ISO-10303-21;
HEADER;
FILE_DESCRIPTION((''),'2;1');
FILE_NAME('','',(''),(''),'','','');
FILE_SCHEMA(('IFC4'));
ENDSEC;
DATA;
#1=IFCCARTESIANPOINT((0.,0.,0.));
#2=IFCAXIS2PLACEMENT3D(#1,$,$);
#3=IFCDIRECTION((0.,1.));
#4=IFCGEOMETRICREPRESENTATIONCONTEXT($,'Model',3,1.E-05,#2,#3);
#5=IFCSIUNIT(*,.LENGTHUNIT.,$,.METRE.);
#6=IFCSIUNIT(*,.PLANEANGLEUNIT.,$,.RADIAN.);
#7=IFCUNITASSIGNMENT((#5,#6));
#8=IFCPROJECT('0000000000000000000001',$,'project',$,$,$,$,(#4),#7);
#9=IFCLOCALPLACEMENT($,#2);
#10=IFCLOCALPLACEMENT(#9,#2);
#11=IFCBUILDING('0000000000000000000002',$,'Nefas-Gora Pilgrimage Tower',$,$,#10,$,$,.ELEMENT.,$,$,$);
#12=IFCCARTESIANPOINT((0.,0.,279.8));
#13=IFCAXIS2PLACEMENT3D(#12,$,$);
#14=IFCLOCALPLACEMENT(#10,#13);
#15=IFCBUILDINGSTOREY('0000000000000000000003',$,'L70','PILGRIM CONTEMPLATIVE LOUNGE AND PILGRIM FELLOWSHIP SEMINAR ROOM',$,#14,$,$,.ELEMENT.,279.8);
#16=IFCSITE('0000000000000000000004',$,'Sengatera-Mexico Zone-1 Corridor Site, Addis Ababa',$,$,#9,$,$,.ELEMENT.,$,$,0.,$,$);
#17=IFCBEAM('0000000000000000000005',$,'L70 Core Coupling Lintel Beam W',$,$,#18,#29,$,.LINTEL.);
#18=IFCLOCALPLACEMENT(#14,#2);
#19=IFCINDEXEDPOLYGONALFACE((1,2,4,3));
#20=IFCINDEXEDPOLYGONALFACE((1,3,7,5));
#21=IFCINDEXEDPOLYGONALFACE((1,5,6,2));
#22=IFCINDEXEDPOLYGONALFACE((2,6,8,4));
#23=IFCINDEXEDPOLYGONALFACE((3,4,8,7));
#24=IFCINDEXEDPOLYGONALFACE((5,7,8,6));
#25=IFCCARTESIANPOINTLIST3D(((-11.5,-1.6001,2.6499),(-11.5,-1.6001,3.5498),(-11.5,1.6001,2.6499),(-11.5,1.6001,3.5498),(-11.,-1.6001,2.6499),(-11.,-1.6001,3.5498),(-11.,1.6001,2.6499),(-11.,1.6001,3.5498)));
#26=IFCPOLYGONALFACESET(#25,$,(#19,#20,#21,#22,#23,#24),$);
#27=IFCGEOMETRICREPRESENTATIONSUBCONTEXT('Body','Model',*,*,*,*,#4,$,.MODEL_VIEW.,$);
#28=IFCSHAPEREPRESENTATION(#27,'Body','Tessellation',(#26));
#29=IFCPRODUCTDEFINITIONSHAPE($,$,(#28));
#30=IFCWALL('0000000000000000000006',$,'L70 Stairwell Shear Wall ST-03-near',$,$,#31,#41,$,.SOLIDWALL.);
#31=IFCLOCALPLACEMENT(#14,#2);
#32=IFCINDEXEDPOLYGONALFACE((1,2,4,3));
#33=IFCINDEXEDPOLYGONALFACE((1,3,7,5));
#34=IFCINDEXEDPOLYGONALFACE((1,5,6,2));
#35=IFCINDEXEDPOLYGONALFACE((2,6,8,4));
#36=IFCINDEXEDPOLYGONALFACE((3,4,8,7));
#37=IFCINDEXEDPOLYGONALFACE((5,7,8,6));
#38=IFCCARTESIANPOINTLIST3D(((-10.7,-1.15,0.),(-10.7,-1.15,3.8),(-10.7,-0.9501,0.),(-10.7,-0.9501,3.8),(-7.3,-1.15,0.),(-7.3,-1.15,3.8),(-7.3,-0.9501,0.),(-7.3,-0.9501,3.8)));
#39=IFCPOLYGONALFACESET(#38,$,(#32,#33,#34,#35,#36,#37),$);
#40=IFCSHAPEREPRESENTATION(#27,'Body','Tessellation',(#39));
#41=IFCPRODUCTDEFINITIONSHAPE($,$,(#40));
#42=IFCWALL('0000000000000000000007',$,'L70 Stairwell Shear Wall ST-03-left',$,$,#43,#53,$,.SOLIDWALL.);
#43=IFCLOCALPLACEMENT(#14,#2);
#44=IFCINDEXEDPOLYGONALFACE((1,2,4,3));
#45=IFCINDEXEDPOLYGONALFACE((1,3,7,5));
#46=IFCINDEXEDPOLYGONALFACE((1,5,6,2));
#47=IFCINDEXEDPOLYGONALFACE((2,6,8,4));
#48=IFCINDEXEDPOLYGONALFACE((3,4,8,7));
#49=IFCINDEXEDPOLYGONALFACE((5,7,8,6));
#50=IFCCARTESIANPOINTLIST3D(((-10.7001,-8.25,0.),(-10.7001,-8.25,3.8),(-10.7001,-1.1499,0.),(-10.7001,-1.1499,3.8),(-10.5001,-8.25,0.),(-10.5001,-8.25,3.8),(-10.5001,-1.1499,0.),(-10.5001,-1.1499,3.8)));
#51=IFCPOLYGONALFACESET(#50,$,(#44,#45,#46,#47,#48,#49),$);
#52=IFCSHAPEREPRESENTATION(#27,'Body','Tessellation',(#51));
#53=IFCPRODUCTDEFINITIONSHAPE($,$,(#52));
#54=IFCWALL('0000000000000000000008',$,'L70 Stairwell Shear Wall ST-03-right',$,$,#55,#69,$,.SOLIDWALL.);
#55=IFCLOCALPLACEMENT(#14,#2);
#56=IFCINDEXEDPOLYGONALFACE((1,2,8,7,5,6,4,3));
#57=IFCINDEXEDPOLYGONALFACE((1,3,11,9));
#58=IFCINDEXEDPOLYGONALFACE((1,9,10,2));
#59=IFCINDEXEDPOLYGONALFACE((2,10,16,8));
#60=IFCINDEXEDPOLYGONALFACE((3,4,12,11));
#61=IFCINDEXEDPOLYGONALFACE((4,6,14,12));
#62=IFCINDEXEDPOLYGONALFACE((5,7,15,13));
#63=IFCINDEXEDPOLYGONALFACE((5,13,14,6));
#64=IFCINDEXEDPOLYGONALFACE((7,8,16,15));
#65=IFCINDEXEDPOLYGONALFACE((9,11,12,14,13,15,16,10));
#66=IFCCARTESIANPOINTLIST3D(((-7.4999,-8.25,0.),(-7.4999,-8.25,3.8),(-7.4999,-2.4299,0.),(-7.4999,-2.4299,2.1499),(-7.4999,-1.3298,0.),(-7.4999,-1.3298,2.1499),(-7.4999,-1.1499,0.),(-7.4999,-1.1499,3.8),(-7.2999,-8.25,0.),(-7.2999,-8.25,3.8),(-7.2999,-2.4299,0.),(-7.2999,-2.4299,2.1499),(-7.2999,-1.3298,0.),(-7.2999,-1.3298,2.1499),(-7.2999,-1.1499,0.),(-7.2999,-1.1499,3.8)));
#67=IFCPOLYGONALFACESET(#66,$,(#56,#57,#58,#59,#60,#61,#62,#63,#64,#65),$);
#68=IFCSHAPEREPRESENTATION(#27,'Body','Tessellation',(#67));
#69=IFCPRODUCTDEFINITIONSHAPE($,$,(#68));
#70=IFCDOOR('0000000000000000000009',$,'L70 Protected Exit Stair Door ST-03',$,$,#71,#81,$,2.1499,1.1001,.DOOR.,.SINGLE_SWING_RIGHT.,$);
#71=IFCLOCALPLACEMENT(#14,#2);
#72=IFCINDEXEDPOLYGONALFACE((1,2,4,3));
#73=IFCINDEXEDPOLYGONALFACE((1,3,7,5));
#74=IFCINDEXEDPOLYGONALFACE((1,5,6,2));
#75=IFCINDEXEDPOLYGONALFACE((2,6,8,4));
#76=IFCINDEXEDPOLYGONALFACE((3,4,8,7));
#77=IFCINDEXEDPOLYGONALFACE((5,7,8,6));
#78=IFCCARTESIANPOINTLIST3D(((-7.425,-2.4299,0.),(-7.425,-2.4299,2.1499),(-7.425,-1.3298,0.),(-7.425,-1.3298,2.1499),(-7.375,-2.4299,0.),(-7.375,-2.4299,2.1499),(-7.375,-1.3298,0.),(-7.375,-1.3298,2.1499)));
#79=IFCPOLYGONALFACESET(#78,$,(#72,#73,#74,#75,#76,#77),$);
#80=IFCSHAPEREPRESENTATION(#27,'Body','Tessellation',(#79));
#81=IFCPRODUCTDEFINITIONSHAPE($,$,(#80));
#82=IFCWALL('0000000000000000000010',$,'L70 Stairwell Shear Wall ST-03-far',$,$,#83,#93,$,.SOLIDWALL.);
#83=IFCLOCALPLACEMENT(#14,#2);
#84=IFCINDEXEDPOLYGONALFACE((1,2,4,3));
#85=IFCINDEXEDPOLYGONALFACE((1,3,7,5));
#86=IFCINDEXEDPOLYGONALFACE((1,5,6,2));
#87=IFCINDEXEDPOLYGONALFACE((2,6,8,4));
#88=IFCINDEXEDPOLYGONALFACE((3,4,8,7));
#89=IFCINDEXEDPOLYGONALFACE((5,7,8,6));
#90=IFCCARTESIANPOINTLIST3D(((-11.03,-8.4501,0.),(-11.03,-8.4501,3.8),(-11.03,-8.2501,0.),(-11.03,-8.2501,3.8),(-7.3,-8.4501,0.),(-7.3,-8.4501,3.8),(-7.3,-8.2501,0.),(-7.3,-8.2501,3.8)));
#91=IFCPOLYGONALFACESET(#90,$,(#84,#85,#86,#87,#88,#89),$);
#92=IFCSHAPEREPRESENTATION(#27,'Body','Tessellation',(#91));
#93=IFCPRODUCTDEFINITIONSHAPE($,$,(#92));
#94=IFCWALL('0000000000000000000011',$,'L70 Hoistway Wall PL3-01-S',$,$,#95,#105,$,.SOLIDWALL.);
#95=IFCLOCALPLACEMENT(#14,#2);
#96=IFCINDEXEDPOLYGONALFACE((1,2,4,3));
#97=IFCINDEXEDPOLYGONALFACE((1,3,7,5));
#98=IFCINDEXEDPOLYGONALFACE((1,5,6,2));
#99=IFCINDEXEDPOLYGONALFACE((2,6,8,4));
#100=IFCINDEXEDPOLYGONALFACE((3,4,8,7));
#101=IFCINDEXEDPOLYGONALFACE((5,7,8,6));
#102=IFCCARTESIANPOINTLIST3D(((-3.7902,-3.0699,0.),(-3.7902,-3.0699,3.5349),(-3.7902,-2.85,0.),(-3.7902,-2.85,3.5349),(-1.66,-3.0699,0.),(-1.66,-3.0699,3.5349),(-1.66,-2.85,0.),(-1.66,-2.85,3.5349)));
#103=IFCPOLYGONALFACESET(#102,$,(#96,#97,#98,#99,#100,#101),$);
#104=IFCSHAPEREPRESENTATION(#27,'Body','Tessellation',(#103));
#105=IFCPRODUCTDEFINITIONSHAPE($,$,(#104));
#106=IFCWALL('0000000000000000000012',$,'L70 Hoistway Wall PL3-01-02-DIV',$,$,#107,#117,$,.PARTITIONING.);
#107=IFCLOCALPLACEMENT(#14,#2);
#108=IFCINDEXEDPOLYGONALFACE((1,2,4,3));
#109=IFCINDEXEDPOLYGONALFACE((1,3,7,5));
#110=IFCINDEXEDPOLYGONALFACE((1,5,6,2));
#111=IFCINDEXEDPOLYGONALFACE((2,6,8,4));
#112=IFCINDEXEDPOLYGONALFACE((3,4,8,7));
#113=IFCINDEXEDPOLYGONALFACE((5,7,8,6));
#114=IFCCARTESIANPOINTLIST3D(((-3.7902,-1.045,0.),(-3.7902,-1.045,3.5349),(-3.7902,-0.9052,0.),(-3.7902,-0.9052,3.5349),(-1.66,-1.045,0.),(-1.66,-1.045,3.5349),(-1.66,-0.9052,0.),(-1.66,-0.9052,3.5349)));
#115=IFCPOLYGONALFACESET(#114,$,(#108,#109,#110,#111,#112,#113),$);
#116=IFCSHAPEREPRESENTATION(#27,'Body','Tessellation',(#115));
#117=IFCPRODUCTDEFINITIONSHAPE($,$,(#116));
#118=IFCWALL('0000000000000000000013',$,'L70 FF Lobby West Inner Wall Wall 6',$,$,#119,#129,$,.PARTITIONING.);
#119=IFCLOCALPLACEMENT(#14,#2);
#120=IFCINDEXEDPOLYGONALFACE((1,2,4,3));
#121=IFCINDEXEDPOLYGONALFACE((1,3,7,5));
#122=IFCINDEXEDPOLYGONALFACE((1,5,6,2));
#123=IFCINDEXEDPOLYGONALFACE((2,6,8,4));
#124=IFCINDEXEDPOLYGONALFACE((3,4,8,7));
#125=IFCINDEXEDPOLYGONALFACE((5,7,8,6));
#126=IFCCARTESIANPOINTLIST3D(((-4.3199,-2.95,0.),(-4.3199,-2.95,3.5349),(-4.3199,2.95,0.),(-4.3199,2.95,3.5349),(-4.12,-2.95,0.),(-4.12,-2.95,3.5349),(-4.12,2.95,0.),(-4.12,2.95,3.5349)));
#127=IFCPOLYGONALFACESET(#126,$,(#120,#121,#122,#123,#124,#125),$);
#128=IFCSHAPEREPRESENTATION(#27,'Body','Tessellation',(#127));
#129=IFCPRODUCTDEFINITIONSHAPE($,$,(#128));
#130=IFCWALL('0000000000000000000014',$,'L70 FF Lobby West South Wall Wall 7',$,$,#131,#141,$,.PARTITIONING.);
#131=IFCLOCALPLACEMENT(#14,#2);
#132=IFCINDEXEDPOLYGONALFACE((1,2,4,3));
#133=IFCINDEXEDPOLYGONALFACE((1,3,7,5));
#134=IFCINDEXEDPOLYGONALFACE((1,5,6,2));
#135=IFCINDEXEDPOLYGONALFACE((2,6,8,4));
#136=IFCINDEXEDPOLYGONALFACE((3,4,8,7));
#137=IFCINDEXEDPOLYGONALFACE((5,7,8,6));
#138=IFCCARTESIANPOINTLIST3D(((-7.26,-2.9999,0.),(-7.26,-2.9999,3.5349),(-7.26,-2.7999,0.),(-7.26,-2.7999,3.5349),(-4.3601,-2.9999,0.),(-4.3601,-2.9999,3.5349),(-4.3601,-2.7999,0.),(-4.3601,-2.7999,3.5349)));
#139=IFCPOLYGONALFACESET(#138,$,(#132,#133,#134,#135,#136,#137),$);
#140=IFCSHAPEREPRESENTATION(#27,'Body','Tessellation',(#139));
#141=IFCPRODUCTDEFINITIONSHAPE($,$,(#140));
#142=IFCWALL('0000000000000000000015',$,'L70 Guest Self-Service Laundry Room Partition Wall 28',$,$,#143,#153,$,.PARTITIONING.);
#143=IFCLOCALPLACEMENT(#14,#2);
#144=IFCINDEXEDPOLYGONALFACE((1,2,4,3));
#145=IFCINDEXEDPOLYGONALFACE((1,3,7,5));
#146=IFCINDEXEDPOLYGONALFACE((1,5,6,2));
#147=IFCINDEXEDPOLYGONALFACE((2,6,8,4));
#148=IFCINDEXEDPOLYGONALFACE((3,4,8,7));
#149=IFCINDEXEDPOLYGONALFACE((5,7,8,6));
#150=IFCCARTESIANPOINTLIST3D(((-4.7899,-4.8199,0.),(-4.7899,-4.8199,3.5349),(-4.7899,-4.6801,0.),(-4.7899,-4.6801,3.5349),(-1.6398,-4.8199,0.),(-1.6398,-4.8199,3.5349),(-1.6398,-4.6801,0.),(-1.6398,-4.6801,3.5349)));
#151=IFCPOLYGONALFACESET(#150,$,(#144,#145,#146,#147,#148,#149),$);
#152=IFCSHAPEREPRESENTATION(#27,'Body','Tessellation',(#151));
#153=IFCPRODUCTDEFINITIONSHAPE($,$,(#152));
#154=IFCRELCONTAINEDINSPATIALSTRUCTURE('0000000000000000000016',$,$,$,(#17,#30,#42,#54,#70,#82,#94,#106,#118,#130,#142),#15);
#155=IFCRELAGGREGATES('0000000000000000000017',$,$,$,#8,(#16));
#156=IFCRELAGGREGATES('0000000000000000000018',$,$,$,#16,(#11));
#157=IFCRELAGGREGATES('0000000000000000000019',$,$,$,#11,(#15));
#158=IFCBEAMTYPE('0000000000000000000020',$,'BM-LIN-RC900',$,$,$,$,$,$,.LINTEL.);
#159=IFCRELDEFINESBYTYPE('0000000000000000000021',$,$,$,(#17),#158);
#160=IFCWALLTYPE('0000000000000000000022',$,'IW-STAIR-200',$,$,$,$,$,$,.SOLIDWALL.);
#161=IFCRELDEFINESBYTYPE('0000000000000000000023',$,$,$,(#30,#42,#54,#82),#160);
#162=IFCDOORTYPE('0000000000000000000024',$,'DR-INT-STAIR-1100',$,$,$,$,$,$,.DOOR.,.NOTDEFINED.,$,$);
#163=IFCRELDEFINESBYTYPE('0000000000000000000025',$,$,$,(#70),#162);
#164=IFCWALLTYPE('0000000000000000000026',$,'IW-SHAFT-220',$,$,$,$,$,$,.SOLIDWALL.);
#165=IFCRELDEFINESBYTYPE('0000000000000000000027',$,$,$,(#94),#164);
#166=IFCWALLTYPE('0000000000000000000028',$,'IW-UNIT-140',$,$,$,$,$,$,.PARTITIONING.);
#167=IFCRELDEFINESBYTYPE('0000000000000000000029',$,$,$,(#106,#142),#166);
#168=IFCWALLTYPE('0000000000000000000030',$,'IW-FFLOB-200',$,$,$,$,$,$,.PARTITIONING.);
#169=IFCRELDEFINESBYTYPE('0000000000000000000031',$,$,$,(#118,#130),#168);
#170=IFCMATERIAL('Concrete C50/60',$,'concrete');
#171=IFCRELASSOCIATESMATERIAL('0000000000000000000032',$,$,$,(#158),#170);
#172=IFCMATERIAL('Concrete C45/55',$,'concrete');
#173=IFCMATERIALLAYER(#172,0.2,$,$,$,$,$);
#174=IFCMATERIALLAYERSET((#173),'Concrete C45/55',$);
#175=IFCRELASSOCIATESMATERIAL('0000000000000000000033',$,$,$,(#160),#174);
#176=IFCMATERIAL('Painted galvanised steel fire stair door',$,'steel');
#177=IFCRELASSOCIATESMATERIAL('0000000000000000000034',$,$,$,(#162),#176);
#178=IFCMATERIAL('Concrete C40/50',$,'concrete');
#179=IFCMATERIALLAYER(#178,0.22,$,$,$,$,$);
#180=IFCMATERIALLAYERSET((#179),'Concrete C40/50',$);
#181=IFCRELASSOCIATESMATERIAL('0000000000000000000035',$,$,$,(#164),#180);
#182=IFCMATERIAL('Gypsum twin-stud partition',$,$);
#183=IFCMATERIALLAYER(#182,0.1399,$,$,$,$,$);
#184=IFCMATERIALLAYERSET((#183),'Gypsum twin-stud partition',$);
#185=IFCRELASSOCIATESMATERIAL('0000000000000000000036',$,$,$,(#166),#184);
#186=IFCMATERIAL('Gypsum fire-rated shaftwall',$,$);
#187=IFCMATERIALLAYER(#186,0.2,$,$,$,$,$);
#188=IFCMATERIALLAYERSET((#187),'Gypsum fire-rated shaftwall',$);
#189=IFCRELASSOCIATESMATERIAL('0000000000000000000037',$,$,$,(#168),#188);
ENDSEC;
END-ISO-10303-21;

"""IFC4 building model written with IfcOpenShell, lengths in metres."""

from ifc_helpers import new_model, si_unit, direction, frame, frame_2d, origin, origin_2d, place, context, subcontext, project, spatial, rectangle, extrude, source, transform, mapped, material, layer, layer_set, material_profile, profile_set, type_object, element, fill, save


model = new_model("IFC4")

# Units and contexts
model_context = context("Model", 3, precision=1e-05, world=origin(), true_north=direction((0.0, 1.0)))
body_context = subcontext(model_context, "Body", "Model", "MODEL_VIEW")
ifc_project = project(units=[si_unit("LENGTHUNIT", "METRE"), si_unit("PLANEANGLEUNIT", "RADIAN")], contexts=[model_context])

# Site, building, storey
site_placement = place(None, origin())
site = spatial("IfcSite", under=ifc_project, at=site_placement, Name="Sengatera-Mexico Zone-1 Corridor Site, Addis Ababa", CompositionType="ELEMENT", RefElevation=0.0)
building_placement = place(site_placement, origin())
building = spatial("IfcBuilding", under=site, at=building_placement, Name="Nefas-Gora Pilgrimage Tower", CompositionType="ELEMENT")
storey_placement = place(building_placement, frame((0.0, 0.0, 279.8)))
storey = spatial("IfcBuildingStorey", under=building, at=storey_placement, Name="L70", Description="PILGRIM CONTEMPLATIVE LOUNGE AND PILGRIM FELLOWSHIP SEMINAR ROOM", CompositionType="ELEMENT", Elevation=279.8)

# Beam
ifc_material_1 = material(Name="Concrete C50/60", Category="concrete")
ifc_material_profile = material_profile(ifc_material_1, rectangle(XDim=0.5, YDim=0.8999, at=origin_2d()), Name="RC 500x900")
ifc_profile_set = profile_set([ifc_material_profile], Name="Concrete C50/60")
beam_type = type_object("IfcBeamType", Name="BM-LIN-RC900", PredefinedType="LINTEL", material=ifc_profile_set)
shared_shape_1 = source(origin(), body_context, "Body", "SweptSolid", [
    extrude(rectangle(XDim=0.5, YDim=0.8999, at=origin_2d()), origin(), (0.0, 0.0, 1.0), 3.2002),
])
beam_placement = place(storey_placement, frame((-11.25, -1.6001, 3.0999), z_axis=(0.0, 1.0, 0.0), x_axis=(-1.0, 0.0, 0.0)))
element("IfcBeam", 1, at=beam_placement, inside=storey, type_object=beam_type, Name="L70 Core Coupling Lintel Beam W", PredefinedType="LINTEL", context=body_context, shape_type="MappedRepresentation", body=[
    mapped(shared_shape_1, transform((0.0, 0.0, 0.0), x_axis=(1.0, 0.0, 0.0), y_axis=(0.0, 1.0, 0.0), z_axis=(0.0, 0.0, 1.0), scale=1.0)),
])

# Walls
ifc_material_2 = material(Name="Concrete C45/55", Category="concrete")
ifc_layer_1 = layer(ifc_material_2, 0.2)
ifc_layer_set_1 = layer_set([ifc_layer_1], Name="Concrete C45/55")
wall_type_1 = type_object("IfcWallType", Name="IW-STAIR-200", PredefinedType="SOLIDWALL", material=ifc_layer_set_1)
shared_shape_2 = source(origin(), body_context, "Body", "SweptSolid", [
    extrude(rectangle(XDim=3.3999, YDim=0.2, at=frame_2d((1.7, 0.0))), origin(), (0.0, 0.0, 1.0), 3.8),
])
wall_1_placement = place(storey_placement, frame((-10.7, -1.05, 0.0), z_axis=(0.0, 0.0, 1.0), x_axis=(1.0, 0.0, 0.0)))
element("IfcWall", 2, at=wall_1_placement, inside=storey, type_object=wall_type_1, Name="L70 Stairwell Shear Wall ST-03-near", PredefinedType="SOLIDWALL", context=body_context, shape_type="MappedRepresentation", body=[
    mapped(shared_shape_2, transform((0.0, 0.0, 0.0), x_axis=(1.0, 0.0, 0.0), y_axis=(0.0, 1.0, 0.0), z_axis=(0.0, 0.0, 1.0), scale=1.0)),
])
shared_shape_3 = source(origin(), body_context, "Body", "SweptSolid", [
    extrude(rectangle(XDim=7.1001, YDim=0.2, at=frame_2d((3.55, 0.0))), origin(), (0.0, 0.0, 1.0), 3.8),
])
wall_2_placement = place(storey_placement, frame((-10.6001, -1.1499, 0.0), z_axis=(0.0, 0.0, 1.0), x_axis=(0.0, -1.0, 0.0)))
element("IfcWall", 3, at=wall_2_placement, inside=storey, type_object=wall_type_1, Name="L70 Stairwell Shear Wall ST-03-left", PredefinedType="SOLIDWALL", context=body_context, shape_type="MappedRepresentation", body=[
    mapped(shared_shape_3, transform((0.0, 0.0, 0.0), x_axis=(1.0, 0.0, 0.0), y_axis=(0.0, 1.0, 0.0), z_axis=(0.0, 0.0, 1.0), scale=1.0)),
])

# Wall, opening, door
wall_3_placement = place(storey_placement, frame((-7.3999, -1.1499, 0.0), z_axis=(0.0, 0.0, 1.0), x_axis=(0.0, -1.0, 0.0)))
wall_3 = element("IfcWall", 4, at=wall_3_placement, inside=storey, type_object=wall_type_1, Name="L70 Stairwell Shear Wall ST-03-right", PredefinedType="SOLIDWALL", context=body_context, shape_type="MappedRepresentation", body=[
    mapped(shared_shape_3, transform((0.0, 0.0, 0.0), x_axis=(1.0, 0.0, 0.0), y_axis=(0.0, 1.0, 0.0), z_axis=(0.0, 0.0, 1.0), scale=1.0)),
])
opening_placement = place(wall_3_placement, frame((0.1799, 0.0, 0.0)))
opening = element("IfcOpeningElement", 5, at=opening_placement, cuts=wall_3, PredefinedType="OPENING", context=body_context, shape_type="SweptSolid", body=[
    extrude(rectangle(XDim=1.1001, YDim=2.1499, at=frame_2d((0.55, 1.075))), frame((0.0, 0.1099, 0.0), z_axis=(0.0, -1.0, 0.0), x_axis=(1.0, 0.0, 0.0)), (0.0, 0.0, 1.0), 0.22),
])
ifc_material_3 = material(Name="Painted galvanised steel fire stair door", Category="steel")
door_type = type_object("IfcDoorType", Name="DR-INT-STAIR-1100", OperationType="NOTDEFINED", PredefinedType="DOOR", material=ifc_material_3)
shared_shape_4 = source(origin(), body_context, "Body", "SweptSolid", [
    extrude(rectangle(XDim=1.1001, YDim=2.1499, at=frame_2d((0.55, 1.075))), frame((0.0, 0.0249, 0.0), z_axis=(0.0, -1.0, 0.0), x_axis=(1.0, 0.0, 0.0)), (0.0, 0.0, 1.0), 0.05),
])
door_placement = place(opening_placement, origin())
door = element("IfcDoor", 6, at=door_placement, inside=storey, type_object=door_type, Name="L70 Protected Exit Stair Door ST-03", OperationType="SINGLE_SWING_RIGHT", OverallHeight=2.1499, OverallWidth=1.1001, PredefinedType="DOOR", context=body_context, shape_type="MappedRepresentation", body=[
    mapped(shared_shape_4, transform((0.0, 0.0, 0.0), x_axis=(1.0, 0.0, 0.0), y_axis=(0.0, 1.0, 0.0), z_axis=(0.0, 0.0, 1.0), scale=1.0)),
])
fill(opening, door)

# Walls
shared_shape_5 = source(origin(), body_context, "Body", "SweptSolid", [
    extrude(rectangle(XDim=3.73, YDim=0.2, at=frame_2d((1.865, 0.0))), origin(), (0.0, 0.0, 1.0), 3.8),
])
wall_4_placement = place(storey_placement, frame((-11.03, -8.3501, 0.0), z_axis=(0.0, 0.0, 1.0), x_axis=(1.0, 0.0, 0.0)))
element("IfcWall", 7, at=wall_4_placement, inside=storey, type_object=wall_type_1, Name="L70 Stairwell Shear Wall ST-03-far", PredefinedType="SOLIDWALL", context=body_context, shape_type="MappedRepresentation", body=[
    mapped(shared_shape_5, transform((0.0, 0.0, 0.0), x_axis=(1.0, 0.0, 0.0), y_axis=(0.0, 1.0, 0.0), z_axis=(0.0, 0.0, 1.0), scale=1.0)),
])
ifc_material_4 = material(Name="Concrete C40/50", Category="concrete")
ifc_layer_2 = layer(ifc_material_4, 0.22)
ifc_layer_set_2 = layer_set([ifc_layer_2], Name="Concrete C40/50")
wall_type_2 = type_object("IfcWallType", Name="IW-SHAFT-220", PredefinedType="SOLIDWALL", material=ifc_layer_set_2)
shared_shape_6 = source(origin(), body_context, "Body", "SweptSolid", [
    extrude(rectangle(XDim=2.1301, YDim=0.22, at=frame_2d((1.0649, 0.0))), origin(), (0.0, 0.0, 1.0), 3.5349),
])
wall_5_placement = place(storey_placement, frame((-3.79, -2.96, 0.0), z_axis=(0.0, 0.0, 1.0), x_axis=(1.0, 0.0, 0.0)))
element("IfcWall", 8, at=wall_5_placement, inside=storey, type_object=wall_type_2, Name="L70 Hoistway Wall PL3-01-S", PredefinedType="SOLIDWALL", context=body_context, shape_type="MappedRepresentation", body=[
    mapped(shared_shape_6, transform((0.0, 0.0, 0.0), x_axis=(1.0, 0.0, 0.0), y_axis=(0.0, 1.0, 0.0), z_axis=(0.0, 0.0, 1.0), scale=1.0)),
])
ifc_material_5 = material(Name="Gypsum twin-stud partition")
ifc_layer_3 = layer(ifc_material_5, 0.1399)
ifc_layer_set_3 = layer_set([ifc_layer_3], Name="Gypsum twin-stud partition")
wall_type_3 = type_object("IfcWallType", Name="IW-UNIT-140", PredefinedType="PARTITIONING", material=ifc_layer_set_3)
shared_shape_7 = source(origin(), body_context, "Body", "SweptSolid", [
    extrude(rectangle(XDim=2.1301, YDim=0.1399, at=frame_2d((1.0649, 0.0))), origin(), (0.0, 0.0, 1.0), 3.5349),
])
wall_6_placement = place(storey_placement, frame((-3.79, -0.9751, 0.0), z_axis=(0.0, 0.0, 1.0), x_axis=(1.0, 0.0, 0.0)))
element("IfcWall", 9, at=wall_6_placement, inside=storey, type_object=wall_type_3, Name="L70 Hoistway Wall PL3-01-02-DIV", PredefinedType="PARTITIONING", context=body_context, shape_type="MappedRepresentation", body=[
    mapped(shared_shape_7, transform((0.0, 0.0, 0.0), x_axis=(1.0, 0.0, 0.0), y_axis=(0.0, 1.0, 0.0), z_axis=(0.0, 0.0, 1.0), scale=1.0)),
])
ifc_material_6 = material(Name="Gypsum fire-rated shaftwall")
ifc_layer_4 = layer(ifc_material_6, 0.2)
ifc_layer_set_4 = layer_set([ifc_layer_4], Name="Gypsum fire-rated shaftwall")
wall_type_4 = type_object("IfcWallType", Name="IW-FFLOB-200", PredefinedType="PARTITIONING", material=ifc_layer_set_4)
shared_shape_8 = source(origin(), body_context, "Body", "SweptSolid", [
    extrude(rectangle(XDim=5.8999, YDim=0.2, at=frame_2d((2.95, 0.0))), origin(), (0.0, 0.0, 1.0), 3.5349),
])
wall_7_placement = place(storey_placement, frame((-4.22, -2.95, 0.0), z_axis=(0.0, 0.0, 1.0), x_axis=(0.0, 1.0, 0.0)))
element("IfcWall", 10, at=wall_7_placement, inside=storey, type_object=wall_type_4, Name="L70 FF Lobby West Inner Wall Wall 6", PredefinedType="PARTITIONING", context=body_context, shape_type="MappedRepresentation", body=[
    mapped(shared_shape_8, transform((0.0, 0.0, 0.0), x_axis=(1.0, 0.0, 0.0), y_axis=(0.0, 1.0, 0.0), z_axis=(0.0, 0.0, 1.0), scale=1.0)),
])
shared_shape_9 = source(origin(), body_context, "Body", "SweptSolid", [
    extrude(rectangle(XDim=2.8999, YDim=0.2, at=frame_2d((1.45, 0.0))), origin(), (0.0, 0.0, 1.0), 3.5349),
])
wall_8_placement = place(storey_placement, frame((-7.26, -2.8999, 0.0), z_axis=(0.0, 0.0, 1.0), x_axis=(1.0, 0.0, 0.0)))
element("IfcWall", 11, at=wall_8_placement, inside=storey, type_object=wall_type_4, Name="L70 FF Lobby West South Wall Wall 7", PredefinedType="PARTITIONING", context=body_context, shape_type="MappedRepresentation", body=[
    mapped(shared_shape_9, transform((0.0, 0.0, 0.0), x_axis=(1.0, 0.0, 0.0), y_axis=(0.0, 1.0, 0.0), z_axis=(0.0, 0.0, 1.0), scale=1.0)),
])
shared_shape_10 = source(origin(), body_context, "Body", "SweptSolid", [
    extrude(rectangle(XDim=3.1501, YDim=0.1399, at=frame_2d((1.5752, 0.0))), origin(), (0.0, 0.0, 1.0), 3.5349),
])
wall_9_placement = place(storey_placement, frame((-4.79, -4.75, 0.0), z_axis=(0.0, 0.0, 1.0), x_axis=(1.0, 0.0, 0.0)))
element("IfcWall", 12, at=wall_9_placement, inside=storey, type_object=wall_type_3, Name="L70 Guest Self-Service Laundry Room Partition Wall 28", PredefinedType="PARTITIONING", context=body_context, shape_type="MappedRepresentation", body=[
    mapped(shared_shape_10, transform((0.0, 0.0, 0.0), x_axis=(1.0, 0.0, 0.0), y_axis=(0.0, 1.0, 0.0), z_axis=(0.0, 0.0, 1.0), scale=1.0)),
])

save(model, "model.ifc")
